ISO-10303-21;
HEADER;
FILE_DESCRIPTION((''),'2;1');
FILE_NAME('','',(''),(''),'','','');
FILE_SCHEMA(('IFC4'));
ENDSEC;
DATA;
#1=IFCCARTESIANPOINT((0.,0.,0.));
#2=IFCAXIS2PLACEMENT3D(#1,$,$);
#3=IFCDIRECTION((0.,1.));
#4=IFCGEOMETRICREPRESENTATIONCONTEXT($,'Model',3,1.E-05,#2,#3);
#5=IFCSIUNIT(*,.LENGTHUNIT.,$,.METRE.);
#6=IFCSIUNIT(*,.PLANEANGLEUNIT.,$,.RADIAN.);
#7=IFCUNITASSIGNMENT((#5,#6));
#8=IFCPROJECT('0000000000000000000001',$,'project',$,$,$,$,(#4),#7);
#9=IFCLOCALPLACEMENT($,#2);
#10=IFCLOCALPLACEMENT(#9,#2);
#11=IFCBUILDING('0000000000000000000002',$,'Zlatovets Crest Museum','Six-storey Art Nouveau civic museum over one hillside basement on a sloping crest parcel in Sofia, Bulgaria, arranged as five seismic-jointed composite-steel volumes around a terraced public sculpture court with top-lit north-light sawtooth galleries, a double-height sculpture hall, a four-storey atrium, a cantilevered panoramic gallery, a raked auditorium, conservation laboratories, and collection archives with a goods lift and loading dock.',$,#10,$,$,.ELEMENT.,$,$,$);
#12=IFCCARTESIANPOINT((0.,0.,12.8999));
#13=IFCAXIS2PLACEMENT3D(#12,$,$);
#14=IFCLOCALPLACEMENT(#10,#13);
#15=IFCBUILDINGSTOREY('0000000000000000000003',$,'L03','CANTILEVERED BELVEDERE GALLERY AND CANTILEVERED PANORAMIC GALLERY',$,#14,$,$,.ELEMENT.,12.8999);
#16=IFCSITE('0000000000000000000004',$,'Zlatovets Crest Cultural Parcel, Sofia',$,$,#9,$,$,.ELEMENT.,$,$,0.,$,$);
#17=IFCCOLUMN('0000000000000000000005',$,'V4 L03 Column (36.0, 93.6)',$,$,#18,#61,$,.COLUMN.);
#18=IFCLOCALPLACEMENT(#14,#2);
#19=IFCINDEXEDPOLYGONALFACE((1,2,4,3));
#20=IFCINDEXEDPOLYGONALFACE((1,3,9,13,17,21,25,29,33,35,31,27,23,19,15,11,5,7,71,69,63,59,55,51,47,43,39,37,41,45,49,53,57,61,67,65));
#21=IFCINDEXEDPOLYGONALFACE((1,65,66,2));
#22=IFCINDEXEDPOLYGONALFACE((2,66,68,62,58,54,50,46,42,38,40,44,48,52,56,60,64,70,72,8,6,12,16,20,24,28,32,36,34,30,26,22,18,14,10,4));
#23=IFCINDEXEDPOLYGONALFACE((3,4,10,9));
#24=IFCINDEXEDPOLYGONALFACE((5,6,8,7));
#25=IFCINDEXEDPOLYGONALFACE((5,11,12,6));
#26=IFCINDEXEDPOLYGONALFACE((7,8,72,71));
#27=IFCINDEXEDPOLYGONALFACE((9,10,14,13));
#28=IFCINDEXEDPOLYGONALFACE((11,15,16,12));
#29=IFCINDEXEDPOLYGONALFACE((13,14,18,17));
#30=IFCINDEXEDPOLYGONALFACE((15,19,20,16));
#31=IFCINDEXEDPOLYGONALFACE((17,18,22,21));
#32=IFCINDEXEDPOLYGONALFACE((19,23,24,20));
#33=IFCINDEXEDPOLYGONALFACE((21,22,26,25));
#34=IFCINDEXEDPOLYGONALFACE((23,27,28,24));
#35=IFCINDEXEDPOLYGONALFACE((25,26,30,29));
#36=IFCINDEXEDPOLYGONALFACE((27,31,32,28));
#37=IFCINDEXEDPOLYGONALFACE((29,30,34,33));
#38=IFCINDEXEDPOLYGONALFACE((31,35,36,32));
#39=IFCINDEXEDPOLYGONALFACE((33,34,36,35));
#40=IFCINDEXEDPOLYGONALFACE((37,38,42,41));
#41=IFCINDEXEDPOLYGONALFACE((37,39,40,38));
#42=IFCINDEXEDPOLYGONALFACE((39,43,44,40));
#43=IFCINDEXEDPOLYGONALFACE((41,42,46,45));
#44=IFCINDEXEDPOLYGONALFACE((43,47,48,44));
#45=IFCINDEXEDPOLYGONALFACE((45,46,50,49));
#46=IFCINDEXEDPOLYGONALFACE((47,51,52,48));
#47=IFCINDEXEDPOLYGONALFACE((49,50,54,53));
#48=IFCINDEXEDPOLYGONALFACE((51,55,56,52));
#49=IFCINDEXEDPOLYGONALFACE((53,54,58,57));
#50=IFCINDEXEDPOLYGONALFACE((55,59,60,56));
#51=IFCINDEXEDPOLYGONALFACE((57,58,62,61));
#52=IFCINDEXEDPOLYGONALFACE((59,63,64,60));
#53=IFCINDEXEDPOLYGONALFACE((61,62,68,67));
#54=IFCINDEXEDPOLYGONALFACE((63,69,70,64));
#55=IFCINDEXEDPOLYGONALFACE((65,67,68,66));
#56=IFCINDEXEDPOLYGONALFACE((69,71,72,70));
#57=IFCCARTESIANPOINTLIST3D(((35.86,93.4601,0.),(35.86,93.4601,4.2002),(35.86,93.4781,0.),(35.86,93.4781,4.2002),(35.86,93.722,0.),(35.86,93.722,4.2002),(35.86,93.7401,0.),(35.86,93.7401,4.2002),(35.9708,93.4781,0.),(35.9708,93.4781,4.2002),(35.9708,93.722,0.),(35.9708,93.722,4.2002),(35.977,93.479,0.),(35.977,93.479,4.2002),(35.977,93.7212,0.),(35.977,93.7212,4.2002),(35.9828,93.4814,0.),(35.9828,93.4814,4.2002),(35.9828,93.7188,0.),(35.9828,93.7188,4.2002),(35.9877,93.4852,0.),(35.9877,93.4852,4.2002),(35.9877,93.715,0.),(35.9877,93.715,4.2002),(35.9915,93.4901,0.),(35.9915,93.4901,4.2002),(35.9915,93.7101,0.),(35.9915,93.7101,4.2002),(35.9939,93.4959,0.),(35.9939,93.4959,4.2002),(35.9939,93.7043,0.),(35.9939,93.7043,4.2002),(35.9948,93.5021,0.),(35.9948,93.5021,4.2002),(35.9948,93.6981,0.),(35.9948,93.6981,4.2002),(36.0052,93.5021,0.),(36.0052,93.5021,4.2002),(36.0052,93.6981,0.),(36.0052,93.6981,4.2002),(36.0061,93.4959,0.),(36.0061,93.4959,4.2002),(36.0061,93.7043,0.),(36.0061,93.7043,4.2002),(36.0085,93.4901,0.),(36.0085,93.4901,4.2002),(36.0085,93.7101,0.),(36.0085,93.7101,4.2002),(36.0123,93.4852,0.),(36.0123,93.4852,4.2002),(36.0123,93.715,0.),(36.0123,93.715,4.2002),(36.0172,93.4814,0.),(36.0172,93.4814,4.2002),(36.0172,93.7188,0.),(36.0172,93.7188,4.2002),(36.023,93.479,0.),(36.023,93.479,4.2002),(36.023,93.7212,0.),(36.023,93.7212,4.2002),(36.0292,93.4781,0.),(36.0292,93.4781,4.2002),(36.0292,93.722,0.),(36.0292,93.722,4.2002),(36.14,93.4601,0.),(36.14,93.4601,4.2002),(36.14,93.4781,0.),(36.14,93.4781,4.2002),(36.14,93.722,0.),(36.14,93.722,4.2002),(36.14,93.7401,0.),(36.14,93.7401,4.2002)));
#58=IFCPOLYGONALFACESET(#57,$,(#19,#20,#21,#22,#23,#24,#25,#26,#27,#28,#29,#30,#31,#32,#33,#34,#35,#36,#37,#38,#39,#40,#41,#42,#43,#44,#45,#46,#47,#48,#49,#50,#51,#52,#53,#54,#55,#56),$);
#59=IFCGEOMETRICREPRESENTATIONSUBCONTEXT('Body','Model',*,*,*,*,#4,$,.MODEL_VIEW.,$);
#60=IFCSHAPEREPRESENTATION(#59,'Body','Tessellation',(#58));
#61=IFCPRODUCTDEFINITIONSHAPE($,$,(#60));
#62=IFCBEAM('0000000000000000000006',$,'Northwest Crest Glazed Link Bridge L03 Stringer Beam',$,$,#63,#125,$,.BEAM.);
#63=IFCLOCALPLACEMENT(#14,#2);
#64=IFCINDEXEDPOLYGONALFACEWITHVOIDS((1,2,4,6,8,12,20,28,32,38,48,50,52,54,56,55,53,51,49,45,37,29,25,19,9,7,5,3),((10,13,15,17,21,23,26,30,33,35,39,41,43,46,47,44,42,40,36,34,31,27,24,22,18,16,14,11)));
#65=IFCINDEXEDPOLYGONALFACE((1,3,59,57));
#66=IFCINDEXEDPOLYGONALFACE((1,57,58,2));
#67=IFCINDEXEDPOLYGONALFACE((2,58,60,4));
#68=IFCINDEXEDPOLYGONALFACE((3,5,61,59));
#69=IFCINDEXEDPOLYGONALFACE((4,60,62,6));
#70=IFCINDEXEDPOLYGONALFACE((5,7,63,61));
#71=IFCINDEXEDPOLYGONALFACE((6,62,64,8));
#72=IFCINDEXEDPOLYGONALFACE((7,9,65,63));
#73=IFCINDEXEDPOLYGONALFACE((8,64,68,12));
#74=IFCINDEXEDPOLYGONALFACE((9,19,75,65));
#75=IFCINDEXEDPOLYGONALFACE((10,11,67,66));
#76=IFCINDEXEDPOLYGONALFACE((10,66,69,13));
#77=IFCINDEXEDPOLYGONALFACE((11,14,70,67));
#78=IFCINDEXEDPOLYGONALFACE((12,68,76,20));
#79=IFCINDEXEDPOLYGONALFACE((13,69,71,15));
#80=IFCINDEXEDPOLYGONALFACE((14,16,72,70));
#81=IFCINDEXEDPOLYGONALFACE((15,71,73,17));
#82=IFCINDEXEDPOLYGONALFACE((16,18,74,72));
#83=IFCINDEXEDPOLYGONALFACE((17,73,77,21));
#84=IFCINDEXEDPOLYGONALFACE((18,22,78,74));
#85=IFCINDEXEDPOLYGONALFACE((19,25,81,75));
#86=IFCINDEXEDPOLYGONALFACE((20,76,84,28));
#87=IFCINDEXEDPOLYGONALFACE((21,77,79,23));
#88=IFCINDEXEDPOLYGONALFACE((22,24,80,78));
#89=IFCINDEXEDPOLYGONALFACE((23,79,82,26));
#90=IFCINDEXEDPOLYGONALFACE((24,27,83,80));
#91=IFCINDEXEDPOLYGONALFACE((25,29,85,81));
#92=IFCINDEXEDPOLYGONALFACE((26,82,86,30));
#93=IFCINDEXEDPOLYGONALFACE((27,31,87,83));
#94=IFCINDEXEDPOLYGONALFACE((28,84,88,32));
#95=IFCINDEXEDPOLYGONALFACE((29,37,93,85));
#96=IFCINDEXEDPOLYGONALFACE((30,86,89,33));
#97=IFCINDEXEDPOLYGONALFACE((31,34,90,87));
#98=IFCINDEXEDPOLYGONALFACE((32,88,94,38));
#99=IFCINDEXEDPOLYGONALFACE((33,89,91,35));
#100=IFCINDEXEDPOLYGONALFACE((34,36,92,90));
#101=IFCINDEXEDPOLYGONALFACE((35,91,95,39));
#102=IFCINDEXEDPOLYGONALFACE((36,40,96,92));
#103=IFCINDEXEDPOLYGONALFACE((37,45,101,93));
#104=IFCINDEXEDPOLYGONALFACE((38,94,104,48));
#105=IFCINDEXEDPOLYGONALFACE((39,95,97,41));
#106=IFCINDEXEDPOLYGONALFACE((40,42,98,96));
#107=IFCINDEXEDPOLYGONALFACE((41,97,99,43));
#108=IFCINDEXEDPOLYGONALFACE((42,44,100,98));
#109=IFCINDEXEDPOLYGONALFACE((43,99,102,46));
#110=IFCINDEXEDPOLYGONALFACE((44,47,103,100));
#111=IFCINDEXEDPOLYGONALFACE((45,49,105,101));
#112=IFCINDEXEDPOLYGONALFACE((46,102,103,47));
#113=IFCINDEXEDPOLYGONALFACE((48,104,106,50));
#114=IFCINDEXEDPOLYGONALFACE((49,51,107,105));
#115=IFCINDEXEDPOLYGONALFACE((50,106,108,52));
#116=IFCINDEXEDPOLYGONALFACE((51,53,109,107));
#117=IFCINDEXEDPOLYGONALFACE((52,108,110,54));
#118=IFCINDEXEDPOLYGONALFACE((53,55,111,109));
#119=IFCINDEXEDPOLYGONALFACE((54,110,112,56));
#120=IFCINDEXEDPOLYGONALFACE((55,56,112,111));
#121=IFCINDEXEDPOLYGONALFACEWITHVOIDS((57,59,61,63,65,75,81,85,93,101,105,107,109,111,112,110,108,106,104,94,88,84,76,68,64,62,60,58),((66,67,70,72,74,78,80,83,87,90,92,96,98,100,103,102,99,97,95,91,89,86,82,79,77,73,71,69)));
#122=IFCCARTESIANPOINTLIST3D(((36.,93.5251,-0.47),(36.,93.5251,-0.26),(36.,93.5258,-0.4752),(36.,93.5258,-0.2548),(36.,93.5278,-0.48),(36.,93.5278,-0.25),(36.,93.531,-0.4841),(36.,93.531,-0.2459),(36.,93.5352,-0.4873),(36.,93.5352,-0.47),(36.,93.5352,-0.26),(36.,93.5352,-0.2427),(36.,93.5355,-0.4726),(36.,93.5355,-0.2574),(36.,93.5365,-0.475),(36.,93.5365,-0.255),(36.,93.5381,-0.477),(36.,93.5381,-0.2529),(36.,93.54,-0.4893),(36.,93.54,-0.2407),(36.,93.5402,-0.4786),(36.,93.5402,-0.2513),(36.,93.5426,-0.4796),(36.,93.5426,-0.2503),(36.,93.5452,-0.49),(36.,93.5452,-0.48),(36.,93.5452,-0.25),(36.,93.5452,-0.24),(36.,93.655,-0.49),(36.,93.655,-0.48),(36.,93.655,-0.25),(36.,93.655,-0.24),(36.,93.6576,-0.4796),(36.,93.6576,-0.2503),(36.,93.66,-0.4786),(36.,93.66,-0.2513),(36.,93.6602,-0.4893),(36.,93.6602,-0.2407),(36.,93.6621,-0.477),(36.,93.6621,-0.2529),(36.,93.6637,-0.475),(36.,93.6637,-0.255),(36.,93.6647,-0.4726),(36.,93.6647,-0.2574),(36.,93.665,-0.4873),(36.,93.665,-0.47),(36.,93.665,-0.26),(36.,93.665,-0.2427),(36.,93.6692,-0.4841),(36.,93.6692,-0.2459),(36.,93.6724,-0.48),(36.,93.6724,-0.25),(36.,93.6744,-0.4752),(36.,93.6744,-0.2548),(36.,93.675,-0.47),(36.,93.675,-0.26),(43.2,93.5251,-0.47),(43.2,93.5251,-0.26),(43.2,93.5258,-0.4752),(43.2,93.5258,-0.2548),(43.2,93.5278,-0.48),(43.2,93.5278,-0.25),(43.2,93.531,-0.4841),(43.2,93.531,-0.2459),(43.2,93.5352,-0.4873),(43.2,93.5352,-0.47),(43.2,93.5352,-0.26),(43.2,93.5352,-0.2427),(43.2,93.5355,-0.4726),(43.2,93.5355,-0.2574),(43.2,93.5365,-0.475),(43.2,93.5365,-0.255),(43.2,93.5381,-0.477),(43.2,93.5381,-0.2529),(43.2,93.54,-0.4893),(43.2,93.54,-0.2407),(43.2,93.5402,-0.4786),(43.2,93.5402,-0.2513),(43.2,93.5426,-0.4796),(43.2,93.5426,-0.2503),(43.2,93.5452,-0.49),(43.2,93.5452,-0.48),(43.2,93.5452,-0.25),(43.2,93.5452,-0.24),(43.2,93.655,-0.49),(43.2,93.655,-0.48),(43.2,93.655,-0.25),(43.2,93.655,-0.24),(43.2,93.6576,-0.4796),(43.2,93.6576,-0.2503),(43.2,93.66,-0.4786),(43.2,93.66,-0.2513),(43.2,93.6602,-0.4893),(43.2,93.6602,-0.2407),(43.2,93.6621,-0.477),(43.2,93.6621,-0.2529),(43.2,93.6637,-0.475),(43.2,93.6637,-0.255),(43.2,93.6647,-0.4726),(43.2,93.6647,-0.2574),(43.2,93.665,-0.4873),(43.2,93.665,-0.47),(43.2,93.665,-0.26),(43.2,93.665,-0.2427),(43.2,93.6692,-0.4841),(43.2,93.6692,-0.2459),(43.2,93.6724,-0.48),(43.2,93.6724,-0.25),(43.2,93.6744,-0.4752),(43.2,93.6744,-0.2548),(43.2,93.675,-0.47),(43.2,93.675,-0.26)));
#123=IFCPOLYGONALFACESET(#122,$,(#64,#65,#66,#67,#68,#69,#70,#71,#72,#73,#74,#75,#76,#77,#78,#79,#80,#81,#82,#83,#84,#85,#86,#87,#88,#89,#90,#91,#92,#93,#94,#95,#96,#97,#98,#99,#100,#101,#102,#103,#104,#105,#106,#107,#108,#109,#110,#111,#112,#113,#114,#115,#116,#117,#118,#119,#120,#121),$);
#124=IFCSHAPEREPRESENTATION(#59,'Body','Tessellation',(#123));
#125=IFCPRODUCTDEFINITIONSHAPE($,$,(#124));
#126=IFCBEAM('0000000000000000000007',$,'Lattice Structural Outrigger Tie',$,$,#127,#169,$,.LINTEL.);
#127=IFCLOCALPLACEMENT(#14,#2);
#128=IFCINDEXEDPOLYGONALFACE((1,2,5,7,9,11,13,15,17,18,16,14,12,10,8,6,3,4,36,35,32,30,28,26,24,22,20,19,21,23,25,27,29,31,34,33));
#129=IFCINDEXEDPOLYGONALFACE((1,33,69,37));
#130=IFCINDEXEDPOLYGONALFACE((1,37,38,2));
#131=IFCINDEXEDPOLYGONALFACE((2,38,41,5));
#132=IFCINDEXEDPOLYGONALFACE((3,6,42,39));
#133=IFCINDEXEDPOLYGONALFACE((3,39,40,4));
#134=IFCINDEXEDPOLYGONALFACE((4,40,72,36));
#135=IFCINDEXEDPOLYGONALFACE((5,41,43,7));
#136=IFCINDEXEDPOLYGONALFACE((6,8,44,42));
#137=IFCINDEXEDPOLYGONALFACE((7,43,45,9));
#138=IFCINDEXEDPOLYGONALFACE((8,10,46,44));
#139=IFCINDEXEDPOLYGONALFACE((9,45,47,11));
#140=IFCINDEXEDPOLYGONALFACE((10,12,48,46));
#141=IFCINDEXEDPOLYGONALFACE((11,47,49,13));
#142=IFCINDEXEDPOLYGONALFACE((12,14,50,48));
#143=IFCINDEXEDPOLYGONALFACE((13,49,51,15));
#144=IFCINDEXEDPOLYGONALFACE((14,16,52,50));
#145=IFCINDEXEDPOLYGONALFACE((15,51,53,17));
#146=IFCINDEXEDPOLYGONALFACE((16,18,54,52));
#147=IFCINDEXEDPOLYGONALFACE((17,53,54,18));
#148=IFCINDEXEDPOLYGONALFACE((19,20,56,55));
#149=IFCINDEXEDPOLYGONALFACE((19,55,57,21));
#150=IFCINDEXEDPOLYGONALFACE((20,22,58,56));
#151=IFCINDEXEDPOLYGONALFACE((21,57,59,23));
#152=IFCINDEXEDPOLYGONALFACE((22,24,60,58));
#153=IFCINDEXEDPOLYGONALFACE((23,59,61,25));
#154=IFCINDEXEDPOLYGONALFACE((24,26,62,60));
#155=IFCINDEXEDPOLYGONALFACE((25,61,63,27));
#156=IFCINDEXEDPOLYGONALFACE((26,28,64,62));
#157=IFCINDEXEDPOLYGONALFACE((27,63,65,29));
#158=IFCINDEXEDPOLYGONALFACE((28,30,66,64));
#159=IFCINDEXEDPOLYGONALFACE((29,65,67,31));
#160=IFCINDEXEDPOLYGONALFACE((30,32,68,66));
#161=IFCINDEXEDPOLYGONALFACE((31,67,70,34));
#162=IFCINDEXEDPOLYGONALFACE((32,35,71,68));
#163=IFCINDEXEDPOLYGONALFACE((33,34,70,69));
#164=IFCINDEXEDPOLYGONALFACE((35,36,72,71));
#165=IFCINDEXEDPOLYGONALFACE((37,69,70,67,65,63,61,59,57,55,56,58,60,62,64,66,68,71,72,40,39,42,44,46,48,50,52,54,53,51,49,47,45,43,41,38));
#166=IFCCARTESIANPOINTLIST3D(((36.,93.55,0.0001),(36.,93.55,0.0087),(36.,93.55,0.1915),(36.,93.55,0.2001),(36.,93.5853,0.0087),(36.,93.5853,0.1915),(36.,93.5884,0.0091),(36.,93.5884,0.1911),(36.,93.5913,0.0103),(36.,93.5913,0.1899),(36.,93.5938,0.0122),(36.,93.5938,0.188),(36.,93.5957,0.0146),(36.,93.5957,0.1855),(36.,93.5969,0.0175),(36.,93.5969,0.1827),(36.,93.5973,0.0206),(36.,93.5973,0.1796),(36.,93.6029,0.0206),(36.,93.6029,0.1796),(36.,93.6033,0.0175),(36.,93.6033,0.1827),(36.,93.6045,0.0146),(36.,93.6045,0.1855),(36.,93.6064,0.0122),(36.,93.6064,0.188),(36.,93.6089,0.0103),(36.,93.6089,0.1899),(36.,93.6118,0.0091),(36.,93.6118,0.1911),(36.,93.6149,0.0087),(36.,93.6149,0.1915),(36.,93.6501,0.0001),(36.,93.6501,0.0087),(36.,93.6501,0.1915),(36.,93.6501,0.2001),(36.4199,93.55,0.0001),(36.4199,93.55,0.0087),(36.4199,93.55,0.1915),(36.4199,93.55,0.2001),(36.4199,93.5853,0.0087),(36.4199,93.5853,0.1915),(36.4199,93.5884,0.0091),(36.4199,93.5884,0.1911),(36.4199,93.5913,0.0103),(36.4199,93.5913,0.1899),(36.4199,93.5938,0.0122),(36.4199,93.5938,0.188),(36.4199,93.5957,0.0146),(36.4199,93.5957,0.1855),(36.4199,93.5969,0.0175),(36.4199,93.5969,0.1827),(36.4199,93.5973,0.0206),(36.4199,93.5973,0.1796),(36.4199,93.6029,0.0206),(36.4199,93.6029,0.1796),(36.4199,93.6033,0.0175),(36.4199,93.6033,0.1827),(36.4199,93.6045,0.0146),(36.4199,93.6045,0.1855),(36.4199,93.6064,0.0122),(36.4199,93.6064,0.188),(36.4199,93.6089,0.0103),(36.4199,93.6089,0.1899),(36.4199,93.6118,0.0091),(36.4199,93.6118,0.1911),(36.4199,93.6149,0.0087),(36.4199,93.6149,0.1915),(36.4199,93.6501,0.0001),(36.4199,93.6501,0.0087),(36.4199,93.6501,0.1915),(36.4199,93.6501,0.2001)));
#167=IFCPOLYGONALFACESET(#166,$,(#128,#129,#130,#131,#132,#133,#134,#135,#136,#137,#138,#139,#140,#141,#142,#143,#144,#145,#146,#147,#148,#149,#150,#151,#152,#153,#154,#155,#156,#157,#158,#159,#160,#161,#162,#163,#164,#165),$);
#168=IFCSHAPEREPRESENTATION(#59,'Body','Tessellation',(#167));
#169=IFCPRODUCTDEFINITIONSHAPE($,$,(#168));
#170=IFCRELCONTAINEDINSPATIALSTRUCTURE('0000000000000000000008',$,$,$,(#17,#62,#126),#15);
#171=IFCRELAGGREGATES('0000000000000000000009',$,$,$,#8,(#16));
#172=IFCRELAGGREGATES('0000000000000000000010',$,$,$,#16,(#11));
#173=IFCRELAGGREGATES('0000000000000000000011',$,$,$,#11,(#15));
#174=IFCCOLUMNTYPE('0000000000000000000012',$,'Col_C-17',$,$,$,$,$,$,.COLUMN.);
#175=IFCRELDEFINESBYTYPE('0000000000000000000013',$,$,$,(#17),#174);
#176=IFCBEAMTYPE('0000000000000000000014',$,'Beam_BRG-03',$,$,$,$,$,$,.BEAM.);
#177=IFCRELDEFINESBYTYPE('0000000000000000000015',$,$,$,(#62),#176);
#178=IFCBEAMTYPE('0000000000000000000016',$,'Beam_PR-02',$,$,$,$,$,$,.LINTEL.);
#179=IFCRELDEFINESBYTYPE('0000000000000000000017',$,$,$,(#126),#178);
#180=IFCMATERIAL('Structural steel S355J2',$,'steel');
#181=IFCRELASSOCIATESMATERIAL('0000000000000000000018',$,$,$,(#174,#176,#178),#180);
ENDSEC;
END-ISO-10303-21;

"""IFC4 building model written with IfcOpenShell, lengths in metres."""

from ifc_helpers import new_model, si_unit, direction, frame, origin, origin_2d, place, context, subcontext, project, spatial, hollow_rectangle, i_section, extrude, material, material_profile, profile_set, type_object, element, save


model = new_model("IFC4")

# Units and contexts
model_context = context("Model", 3, precision=1e-05, world=origin(), true_north=direction((0.0, 1.0)))
body_context = subcontext(model_context, "Body", "Model", "MODEL_VIEW")
ifc_project = project(units=[si_unit("LENGTHUNIT", "METRE"), si_unit("PLANEANGLEUNIT", "RADIAN")], contexts=[model_context])

# Site, building, storey
site_placement = place(None, origin())
site = spatial("IfcSite", under=ifc_project, at=site_placement, Name="Zlatovets Crest Cultural Parcel, Sofia", CompositionType="ELEMENT", RefElevation=0.0)
building_placement = place(site_placement, origin())
building = spatial("IfcBuilding", under=site, at=building_placement, Name="Zlatovets Crest Museum", Description="Six-storey Art Nouveau civic museum over one hillside basement on a sloping crest parcel in Sofia, Bulgaria, arranged as five seismic-jointed composite-steel volumes around a terraced public sculpture court with top-lit north-light sawtooth galleries, a double-height sculpture hall, a four-storey atrium, a cantilevered panoramic gallery, a raked auditorium, conservation laboratories, and collection archives with a goods lift and loading dock.", CompositionType="ELEMENT")
storey_placement = place(building_placement, frame((0.0, 0.0, 12.8999)))
storey = spatial("IfcBuildingStorey", under=building, at=storey_placement, Name="L03", Description="CANTILEVERED BELVEDERE GALLERY AND CANTILEVERED PANORAMIC GALLERY", CompositionType="ELEMENT", Elevation=12.8999)

# Column
ifc_material_1 = material(Name="Structural steel S355J2", Category="steel")
ifc_material_profile_1 = material_profile(ifc_material_1, i_section(OverallWidth=0.28, OverallDepth=0.28, WebThickness=0.0105, FlangeThickness=0.0181, FilletRadius=0.0239, at=origin_2d()), Name="HEB 280")
ifc_profile_set_1 = profile_set([ifc_material_profile_1], Name="Structural steel S355J2")
column_type = type_object("IfcColumnType", Name="Col_C-17", PredefinedType="COLUMN", material=ifc_profile_set_1)
column_placement = place(storey_placement, frame((36.0, 93.6001, 0.0), z_axis=(0.0, 0.0, 1.0), x_axis=(1.0, 0.0, 0.0)))
element("IfcColumn", 1, at=column_placement, inside=storey, type_object=column_type, Name="V4 L03 Column (36.0, 93.6)", PredefinedType="COLUMN", context=body_context, shape_type="SweptSolid", body=[
    extrude(i_section(OverallWidth=0.28, OverallDepth=0.28, WebThickness=0.0105, FlangeThickness=0.0181, FilletRadius=0.0239, at=origin_2d()), origin(), (0.0, 0.0, 1.0), 4.2002),
])

# Beams
ifc_material_profile_2 = material_profile(ifc_material_1, hollow_rectangle(XDim=0.1499, YDim=0.25, WallThickness=0.01, InnerFilletRadius=0.01, OuterFilletRadius=0.02, at=origin_2d()), Name="RHS 150x250x10.0")
ifc_profile_set_2 = profile_set([ifc_material_profile_2], Name="Structural steel S355J2")
beam_type_1 = type_object("IfcBeamType", Name="Beam_BRG-03", PredefinedType="BEAM", material=ifc_profile_set_2)
beam_placement = place(storey_placement, frame((36.0, 93.6001, -0.365), z_axis=(1.0, 0.0, 0.0), x_axis=(0.0, 1.0, 0.0)))
element("IfcBeam", 2, at=beam_placement, inside=storey, type_object=beam_type_1, Name="Northwest Crest Glazed Link Bridge L03 Stringer Beam", PredefinedType="BEAM", context=body_context, shape_type="SweptSolid", body=[
    extrude(hollow_rectangle(XDim=0.1499, YDim=0.25, WallThickness=0.01, InnerFilletRadius=0.01, OuterFilletRadius=0.02, at=origin_2d()), origin(), (0.0, 0.0, 1.0), 7.2),
])
ifc_material_profile_3 = material_profile(ifc_material_1, i_section(OverallWidth=0.1001, OverallDepth=0.2, WebThickness=0.0056, FlangeThickness=0.0085, FilletRadius=0.012, at=origin_2d()), Name="IPE 200")
ifc_profile_set_3 = profile_set([ifc_material_profile_3], Name="Structural steel S355J2")
beam_type_2 = type_object("IfcBeamType", Name="Beam_PR-02", PredefinedType="LINTEL", material=ifc_profile_set_3)
for number, where, z_axis, x_axis, name in (
    (3, (36.0, 93.6001, 0.1001), (1.0, 0.0, 0.0), (0.0, 1.0, 0.0), "Lattice Structural Outrigger Tie"),
):
    element("IfcBeam", number, at=place(storey_placement, frame(where, z_axis=z_axis, x_axis=x_axis)), inside=storey, type_object=beam_type_2, Name=name, PredefinedType="LINTEL", context=body_context, shape_type="SweptSolid", body=[
        extrude(i_section(OverallWidth=0.1001, OverallDepth=0.2, WebThickness=0.0056, FlangeThickness=0.0085, FilletRadius=0.012, at=origin_2d()), origin(), (0.0, 0.0, 1.0), 0.4199),
    ])

save(model, "model.ifc")
